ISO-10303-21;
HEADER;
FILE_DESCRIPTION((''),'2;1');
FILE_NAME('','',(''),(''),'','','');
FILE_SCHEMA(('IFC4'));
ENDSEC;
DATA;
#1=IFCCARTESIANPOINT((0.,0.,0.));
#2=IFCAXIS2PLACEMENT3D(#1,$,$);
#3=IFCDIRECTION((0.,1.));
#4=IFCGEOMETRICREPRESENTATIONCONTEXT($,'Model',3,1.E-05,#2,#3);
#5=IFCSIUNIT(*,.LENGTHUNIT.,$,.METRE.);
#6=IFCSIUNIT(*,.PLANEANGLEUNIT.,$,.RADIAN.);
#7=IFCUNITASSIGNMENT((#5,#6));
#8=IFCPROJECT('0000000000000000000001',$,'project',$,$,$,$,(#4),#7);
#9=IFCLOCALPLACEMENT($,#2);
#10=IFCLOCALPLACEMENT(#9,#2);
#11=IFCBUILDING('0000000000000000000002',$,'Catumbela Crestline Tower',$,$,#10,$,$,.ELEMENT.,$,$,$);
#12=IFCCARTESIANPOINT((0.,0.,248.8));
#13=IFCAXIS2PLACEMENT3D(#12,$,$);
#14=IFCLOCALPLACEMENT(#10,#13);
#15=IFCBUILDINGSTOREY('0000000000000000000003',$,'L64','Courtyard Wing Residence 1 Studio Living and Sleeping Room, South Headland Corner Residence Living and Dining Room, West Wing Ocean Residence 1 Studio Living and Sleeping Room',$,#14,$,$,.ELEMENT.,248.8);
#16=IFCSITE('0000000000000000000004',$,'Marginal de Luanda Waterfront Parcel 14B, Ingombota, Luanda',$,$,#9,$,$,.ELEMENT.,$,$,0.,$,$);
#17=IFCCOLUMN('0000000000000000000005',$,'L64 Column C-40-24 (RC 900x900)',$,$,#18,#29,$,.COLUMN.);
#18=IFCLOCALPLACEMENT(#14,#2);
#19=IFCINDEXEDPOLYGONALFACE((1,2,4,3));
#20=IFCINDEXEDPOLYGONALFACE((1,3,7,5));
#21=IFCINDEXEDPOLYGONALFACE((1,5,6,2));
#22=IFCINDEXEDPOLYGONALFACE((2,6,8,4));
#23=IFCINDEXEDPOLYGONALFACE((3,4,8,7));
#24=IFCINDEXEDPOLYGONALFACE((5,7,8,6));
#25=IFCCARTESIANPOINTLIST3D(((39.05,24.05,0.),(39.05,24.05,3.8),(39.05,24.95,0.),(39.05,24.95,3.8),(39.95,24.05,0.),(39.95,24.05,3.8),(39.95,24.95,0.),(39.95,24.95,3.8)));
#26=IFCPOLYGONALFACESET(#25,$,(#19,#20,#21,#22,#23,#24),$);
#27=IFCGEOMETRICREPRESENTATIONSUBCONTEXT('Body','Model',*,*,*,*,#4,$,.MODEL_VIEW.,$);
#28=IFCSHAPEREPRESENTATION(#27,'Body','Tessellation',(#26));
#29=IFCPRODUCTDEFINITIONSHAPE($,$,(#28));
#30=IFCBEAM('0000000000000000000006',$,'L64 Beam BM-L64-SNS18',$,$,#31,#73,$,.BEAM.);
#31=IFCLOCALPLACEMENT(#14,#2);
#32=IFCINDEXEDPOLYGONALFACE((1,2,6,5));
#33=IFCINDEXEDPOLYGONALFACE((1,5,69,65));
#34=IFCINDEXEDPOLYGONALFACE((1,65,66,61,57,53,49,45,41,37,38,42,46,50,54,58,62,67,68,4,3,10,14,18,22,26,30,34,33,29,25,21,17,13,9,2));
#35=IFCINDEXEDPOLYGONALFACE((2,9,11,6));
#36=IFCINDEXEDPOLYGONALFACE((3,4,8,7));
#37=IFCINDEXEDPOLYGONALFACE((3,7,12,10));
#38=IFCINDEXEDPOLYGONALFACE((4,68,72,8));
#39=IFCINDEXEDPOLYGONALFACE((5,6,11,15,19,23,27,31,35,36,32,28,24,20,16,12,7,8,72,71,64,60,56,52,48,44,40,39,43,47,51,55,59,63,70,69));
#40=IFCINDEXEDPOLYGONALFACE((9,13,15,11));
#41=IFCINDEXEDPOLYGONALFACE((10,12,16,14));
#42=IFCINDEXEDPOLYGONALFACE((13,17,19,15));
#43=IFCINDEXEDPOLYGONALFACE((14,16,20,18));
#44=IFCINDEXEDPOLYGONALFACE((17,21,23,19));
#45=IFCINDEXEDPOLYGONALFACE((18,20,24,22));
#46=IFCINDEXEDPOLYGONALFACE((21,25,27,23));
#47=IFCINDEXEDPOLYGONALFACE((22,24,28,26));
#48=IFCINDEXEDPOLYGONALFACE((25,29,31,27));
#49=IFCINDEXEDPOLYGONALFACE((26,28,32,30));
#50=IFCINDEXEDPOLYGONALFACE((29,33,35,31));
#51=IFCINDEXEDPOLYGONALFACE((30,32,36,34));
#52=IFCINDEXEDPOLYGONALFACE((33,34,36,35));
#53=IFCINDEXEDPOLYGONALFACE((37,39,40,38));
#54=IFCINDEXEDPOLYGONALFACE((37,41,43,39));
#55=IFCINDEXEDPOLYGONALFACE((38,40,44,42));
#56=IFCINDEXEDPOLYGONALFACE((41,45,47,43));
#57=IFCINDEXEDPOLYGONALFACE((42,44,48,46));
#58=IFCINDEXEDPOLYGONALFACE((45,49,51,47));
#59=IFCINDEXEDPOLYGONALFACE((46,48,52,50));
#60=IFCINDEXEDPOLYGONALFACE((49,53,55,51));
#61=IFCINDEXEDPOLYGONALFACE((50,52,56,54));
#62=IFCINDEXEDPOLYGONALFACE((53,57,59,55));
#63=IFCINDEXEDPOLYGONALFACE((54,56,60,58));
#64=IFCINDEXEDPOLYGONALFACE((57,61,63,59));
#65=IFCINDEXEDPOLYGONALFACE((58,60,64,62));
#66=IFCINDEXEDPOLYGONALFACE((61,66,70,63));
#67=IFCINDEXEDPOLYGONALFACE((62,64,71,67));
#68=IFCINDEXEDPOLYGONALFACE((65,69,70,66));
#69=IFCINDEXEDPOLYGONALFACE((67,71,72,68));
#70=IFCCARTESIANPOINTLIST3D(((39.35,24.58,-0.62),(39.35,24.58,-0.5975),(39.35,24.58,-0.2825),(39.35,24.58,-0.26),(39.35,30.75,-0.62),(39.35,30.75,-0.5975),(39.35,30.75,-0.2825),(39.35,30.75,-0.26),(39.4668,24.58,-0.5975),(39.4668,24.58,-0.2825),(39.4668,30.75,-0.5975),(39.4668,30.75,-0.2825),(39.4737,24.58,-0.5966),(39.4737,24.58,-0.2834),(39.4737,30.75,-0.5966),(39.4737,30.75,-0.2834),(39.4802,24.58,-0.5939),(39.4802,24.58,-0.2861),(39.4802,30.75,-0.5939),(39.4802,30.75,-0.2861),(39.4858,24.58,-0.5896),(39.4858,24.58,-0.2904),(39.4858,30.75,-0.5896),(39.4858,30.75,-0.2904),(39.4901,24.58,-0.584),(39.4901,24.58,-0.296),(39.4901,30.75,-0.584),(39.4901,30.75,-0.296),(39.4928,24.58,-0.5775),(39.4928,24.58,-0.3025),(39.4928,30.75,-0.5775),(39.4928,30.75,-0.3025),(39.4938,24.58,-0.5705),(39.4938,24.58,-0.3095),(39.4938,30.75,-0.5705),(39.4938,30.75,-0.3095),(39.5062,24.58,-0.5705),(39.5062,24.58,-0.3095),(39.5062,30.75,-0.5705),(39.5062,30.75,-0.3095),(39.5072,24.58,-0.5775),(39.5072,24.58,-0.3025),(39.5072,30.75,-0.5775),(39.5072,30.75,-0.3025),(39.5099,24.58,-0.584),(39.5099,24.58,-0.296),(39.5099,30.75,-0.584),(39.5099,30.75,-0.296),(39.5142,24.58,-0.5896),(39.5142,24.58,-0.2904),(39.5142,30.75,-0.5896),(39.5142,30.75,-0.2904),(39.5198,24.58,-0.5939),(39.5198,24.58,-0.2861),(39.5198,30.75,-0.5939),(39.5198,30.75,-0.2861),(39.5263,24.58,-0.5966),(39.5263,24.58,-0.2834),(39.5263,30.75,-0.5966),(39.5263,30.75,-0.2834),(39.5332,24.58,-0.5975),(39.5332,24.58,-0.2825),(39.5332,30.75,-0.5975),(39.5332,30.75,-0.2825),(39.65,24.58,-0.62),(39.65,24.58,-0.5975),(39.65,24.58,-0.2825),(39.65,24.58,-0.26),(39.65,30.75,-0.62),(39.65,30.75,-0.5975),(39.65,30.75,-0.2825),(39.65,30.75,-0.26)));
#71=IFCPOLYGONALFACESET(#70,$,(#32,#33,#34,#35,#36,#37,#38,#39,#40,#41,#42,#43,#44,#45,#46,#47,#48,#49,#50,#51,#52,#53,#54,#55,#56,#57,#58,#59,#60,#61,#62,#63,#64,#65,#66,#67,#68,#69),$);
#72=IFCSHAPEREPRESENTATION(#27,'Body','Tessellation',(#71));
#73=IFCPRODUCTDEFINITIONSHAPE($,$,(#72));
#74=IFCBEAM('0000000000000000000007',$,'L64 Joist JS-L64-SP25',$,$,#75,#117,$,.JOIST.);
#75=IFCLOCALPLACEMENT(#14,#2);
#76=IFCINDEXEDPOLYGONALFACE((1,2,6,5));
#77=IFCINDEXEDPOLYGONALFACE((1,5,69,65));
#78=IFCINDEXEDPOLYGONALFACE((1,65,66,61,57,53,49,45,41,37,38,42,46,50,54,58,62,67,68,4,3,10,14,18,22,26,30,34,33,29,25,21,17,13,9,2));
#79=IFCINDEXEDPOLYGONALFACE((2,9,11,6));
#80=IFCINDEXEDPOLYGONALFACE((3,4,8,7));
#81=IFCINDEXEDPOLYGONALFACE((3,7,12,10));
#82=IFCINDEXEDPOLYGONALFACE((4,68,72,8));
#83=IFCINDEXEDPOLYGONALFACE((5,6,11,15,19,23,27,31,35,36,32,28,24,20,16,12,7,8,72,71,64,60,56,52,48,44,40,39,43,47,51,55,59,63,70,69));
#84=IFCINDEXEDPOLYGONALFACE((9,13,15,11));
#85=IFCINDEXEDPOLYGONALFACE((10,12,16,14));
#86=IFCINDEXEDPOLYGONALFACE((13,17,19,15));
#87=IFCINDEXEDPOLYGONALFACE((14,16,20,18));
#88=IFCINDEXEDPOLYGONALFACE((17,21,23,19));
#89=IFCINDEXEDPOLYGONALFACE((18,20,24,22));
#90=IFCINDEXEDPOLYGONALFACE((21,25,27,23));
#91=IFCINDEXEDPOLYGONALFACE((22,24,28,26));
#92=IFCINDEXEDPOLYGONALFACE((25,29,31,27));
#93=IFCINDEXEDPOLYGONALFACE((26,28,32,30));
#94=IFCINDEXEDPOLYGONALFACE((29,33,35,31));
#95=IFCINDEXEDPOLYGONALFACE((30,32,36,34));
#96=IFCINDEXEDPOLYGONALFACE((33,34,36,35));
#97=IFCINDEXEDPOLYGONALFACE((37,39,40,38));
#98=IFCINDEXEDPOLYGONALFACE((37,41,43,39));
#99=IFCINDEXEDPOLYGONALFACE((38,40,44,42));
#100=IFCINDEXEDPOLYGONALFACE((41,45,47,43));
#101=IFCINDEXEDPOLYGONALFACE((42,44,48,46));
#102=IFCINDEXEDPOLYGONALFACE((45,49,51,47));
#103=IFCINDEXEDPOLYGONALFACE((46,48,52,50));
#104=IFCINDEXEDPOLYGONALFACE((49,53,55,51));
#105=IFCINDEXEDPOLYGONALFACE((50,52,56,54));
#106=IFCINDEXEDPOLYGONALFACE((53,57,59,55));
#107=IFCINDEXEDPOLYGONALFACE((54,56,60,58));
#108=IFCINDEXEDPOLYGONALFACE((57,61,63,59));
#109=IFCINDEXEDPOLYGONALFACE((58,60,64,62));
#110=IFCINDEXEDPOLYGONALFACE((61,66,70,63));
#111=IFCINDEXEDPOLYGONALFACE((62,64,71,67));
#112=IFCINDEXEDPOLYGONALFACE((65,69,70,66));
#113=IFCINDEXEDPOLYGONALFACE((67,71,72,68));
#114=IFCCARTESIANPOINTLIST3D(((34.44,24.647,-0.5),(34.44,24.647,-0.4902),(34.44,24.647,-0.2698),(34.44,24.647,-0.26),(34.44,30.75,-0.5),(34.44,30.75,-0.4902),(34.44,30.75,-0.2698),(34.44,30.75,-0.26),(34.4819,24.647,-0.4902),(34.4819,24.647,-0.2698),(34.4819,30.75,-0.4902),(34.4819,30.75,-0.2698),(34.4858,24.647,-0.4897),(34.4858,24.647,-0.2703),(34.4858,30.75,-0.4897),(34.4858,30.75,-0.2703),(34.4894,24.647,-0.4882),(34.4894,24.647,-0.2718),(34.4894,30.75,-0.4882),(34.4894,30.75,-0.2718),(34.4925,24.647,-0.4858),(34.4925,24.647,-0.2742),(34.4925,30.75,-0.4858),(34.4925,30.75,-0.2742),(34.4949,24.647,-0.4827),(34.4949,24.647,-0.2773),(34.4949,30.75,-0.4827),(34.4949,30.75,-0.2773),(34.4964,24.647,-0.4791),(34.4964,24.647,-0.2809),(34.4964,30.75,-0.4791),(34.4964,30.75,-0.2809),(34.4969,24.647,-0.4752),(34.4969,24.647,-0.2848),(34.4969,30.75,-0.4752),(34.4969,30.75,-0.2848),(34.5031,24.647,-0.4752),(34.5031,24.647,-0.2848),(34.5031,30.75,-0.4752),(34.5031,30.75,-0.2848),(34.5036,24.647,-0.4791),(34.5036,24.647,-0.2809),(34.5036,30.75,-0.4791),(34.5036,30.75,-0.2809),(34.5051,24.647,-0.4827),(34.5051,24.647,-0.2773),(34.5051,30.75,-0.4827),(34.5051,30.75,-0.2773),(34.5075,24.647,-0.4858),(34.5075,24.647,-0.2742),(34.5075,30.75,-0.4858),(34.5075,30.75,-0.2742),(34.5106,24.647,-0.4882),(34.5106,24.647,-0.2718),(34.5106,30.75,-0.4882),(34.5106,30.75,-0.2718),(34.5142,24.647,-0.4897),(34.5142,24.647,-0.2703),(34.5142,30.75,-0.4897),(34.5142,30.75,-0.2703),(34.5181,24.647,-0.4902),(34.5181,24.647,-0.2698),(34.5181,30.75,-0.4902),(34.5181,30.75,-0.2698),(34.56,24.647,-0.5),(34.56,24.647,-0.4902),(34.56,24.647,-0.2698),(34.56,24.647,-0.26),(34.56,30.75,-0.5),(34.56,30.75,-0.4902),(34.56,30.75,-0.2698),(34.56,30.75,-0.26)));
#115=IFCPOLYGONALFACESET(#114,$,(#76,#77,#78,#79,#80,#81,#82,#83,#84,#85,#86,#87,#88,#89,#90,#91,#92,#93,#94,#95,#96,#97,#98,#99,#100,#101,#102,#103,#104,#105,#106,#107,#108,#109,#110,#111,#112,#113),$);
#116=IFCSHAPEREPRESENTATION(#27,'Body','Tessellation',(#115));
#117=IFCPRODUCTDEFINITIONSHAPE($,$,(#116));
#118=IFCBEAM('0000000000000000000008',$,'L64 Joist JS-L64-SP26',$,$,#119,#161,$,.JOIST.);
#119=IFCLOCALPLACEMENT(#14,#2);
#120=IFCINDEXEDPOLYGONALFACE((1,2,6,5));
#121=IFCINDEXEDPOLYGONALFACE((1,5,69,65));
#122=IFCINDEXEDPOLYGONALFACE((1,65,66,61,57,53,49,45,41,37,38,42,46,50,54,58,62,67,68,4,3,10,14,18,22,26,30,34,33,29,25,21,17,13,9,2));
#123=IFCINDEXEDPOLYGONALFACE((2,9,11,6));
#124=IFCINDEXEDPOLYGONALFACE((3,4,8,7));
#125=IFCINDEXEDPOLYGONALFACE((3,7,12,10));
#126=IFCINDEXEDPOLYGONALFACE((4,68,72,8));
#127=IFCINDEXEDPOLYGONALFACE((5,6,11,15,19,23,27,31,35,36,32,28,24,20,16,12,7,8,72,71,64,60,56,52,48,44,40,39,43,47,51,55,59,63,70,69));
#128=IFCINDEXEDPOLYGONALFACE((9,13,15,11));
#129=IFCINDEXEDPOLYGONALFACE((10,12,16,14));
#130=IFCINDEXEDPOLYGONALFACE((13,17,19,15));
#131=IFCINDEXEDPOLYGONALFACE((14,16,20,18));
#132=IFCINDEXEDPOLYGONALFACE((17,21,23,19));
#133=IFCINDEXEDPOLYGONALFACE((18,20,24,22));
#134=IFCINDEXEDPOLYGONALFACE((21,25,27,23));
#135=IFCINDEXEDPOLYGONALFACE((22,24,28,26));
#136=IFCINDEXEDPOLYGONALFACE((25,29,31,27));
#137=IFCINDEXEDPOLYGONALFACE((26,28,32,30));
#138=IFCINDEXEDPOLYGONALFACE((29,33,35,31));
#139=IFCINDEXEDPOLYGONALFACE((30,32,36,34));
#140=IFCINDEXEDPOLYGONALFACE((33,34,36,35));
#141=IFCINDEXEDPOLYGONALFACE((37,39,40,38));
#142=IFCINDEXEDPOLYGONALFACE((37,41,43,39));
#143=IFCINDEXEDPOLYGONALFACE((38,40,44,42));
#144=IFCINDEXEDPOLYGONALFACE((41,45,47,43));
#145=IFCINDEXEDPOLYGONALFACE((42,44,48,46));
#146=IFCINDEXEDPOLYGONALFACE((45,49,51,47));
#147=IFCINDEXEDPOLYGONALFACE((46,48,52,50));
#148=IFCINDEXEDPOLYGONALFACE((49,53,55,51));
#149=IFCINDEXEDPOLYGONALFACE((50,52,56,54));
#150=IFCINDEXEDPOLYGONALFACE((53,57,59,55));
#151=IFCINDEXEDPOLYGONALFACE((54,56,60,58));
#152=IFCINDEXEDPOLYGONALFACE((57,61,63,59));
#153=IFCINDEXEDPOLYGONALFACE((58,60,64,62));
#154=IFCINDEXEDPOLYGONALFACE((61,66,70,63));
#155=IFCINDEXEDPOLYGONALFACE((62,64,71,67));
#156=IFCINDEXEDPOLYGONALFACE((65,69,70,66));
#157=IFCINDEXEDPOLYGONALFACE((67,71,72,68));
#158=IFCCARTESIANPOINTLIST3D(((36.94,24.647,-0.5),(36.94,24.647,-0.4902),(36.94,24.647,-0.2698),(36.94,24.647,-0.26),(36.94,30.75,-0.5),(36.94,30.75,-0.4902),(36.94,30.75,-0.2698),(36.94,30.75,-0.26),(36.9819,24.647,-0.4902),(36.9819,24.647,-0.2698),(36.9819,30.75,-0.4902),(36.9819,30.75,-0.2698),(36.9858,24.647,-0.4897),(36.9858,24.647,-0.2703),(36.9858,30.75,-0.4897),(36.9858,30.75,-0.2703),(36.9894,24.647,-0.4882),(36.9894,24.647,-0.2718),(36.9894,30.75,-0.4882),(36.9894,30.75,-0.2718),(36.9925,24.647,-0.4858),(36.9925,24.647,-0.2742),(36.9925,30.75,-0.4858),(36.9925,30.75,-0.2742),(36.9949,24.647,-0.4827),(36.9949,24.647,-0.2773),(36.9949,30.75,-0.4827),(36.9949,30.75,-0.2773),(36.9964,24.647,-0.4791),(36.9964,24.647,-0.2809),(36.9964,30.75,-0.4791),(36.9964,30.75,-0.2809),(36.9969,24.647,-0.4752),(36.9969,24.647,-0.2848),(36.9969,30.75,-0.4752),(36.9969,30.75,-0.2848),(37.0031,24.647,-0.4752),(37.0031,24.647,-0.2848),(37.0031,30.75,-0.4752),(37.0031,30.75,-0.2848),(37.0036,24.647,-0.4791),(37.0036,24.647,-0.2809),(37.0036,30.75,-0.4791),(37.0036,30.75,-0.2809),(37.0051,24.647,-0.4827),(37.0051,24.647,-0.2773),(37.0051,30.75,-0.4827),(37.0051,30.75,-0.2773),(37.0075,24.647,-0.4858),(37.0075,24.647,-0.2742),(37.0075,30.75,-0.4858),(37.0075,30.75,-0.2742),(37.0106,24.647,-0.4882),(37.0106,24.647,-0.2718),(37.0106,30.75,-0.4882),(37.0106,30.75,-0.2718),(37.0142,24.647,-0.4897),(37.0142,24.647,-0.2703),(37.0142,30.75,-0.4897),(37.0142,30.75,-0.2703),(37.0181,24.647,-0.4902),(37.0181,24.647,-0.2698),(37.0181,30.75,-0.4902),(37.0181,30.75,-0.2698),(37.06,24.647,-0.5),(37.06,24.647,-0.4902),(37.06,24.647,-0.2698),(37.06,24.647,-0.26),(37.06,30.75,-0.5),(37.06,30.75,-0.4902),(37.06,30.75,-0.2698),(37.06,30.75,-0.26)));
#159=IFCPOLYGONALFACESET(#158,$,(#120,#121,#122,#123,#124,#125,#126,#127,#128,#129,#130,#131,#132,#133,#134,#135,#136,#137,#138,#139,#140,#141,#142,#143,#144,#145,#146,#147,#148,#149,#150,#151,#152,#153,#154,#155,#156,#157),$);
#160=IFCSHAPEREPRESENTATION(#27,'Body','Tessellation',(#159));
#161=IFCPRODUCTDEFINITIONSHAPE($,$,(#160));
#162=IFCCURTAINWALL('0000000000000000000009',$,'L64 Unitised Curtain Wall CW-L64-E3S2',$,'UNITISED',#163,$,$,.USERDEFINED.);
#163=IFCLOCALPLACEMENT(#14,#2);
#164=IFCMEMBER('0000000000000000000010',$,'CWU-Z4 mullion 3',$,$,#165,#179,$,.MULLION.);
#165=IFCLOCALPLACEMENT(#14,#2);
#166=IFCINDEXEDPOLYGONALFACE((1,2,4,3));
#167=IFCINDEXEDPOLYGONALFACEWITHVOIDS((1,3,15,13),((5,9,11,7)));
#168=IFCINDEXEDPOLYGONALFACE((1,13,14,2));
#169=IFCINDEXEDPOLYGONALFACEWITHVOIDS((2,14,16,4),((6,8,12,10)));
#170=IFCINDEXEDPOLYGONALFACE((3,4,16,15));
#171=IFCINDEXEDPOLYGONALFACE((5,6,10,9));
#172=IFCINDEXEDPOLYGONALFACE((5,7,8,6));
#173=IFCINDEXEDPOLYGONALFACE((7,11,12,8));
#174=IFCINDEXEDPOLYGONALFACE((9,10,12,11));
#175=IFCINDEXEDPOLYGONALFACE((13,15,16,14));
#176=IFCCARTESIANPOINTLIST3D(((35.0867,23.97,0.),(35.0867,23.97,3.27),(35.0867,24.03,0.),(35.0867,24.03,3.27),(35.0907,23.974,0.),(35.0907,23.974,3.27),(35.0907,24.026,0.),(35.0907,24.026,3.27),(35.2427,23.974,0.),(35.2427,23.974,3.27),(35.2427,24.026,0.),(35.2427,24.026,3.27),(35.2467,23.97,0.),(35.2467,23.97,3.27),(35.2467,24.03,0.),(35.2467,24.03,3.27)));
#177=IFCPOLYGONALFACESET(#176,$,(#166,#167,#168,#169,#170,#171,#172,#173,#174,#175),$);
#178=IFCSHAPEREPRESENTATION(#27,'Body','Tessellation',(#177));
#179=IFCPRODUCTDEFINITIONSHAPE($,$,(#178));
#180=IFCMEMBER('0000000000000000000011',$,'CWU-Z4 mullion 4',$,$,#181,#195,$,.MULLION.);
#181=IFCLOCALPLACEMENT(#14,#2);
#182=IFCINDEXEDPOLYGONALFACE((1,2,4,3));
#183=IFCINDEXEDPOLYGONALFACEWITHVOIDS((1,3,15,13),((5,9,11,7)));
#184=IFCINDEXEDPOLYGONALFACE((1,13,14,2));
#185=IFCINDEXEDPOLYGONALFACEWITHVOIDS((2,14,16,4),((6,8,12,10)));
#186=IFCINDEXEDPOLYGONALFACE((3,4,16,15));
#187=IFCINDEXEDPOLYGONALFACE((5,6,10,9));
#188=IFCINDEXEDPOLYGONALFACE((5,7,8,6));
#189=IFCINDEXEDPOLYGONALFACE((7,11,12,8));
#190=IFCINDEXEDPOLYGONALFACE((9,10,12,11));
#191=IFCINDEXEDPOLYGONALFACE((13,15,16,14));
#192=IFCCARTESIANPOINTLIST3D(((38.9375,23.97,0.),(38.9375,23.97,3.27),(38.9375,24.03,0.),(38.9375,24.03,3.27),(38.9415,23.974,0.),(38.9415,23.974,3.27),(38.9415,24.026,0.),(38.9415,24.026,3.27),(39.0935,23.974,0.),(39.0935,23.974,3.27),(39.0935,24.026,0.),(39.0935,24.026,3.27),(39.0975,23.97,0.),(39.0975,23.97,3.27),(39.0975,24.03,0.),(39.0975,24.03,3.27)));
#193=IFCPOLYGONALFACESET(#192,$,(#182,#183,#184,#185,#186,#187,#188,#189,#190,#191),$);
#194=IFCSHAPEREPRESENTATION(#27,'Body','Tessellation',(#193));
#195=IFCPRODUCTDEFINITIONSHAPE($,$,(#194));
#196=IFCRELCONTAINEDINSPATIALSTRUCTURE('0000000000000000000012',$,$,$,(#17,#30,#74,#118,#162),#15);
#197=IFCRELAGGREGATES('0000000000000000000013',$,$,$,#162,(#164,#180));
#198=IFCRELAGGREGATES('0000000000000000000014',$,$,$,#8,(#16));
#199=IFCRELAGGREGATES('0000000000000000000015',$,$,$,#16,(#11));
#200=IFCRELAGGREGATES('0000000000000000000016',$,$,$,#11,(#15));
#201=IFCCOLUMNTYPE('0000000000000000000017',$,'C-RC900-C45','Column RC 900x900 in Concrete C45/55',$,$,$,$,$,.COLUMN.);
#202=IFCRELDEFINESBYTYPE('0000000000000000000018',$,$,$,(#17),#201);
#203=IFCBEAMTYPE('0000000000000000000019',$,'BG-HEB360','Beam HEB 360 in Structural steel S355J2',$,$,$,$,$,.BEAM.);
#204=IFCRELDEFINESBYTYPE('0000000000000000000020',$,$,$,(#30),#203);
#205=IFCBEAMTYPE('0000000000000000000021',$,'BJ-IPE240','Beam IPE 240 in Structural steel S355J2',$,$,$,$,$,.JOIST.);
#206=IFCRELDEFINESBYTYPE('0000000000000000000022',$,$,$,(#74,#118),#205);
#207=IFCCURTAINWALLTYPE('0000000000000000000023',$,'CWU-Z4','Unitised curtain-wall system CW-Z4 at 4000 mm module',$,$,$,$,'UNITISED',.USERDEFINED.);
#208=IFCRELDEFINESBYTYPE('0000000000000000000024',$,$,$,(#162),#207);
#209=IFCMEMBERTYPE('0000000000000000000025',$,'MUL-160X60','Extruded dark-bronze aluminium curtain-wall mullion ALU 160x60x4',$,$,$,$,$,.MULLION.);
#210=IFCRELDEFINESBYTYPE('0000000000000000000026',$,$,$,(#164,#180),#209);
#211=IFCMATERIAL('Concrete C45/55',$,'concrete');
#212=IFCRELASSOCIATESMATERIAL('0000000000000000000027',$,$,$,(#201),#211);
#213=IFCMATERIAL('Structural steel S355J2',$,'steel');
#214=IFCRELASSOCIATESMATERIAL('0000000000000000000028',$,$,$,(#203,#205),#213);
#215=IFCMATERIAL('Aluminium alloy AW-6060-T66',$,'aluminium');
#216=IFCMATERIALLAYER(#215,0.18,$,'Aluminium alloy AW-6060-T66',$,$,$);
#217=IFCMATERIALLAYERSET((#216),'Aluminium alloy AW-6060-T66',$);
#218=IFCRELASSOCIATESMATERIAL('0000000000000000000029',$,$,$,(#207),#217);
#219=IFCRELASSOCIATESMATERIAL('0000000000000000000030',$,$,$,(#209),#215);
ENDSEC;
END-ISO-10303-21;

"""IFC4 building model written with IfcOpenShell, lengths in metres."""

from ifc_helpers import new_model, si_unit, direction, frame, origin, origin_2d, place, context, subcontext, project, spatial, rectangle, hollow_rectangle, i_section, extrude, material, layer, layer_set, material_profile, profile_set, type_object, element, aggregate, save


model = new_model("IFC4")

# Units and contexts
model_context = context("Model", 3, precision=1e-05, world=origin(), true_north=direction((0.0, 1.0)))
body_context = subcontext(model_context, "Body", "Model", "MODEL_VIEW")
ifc_project = project(units=[si_unit("LENGTHUNIT", "METRE"), si_unit("PLANEANGLEUNIT", "RADIAN")], contexts=[model_context])

# Site, building, storey
site_placement = place(None, origin())
site = spatial("IfcSite", under=ifc_project, at=site_placement, Name="Marginal de Luanda Waterfront Parcel 14B, Ingombota, Luanda", CompositionType="ELEMENT", RefElevation=0.0)
building_placement = place(site_placement, origin())
building = spatial("IfcBuilding", under=site, at=building_placement, Name="Catumbela Crestline Tower", CompositionType="ELEMENT")
storey_placement = place(building_placement, frame((0.0, 0.0, 248.8)))
storey = spatial("IfcBuildingStorey", under=building, at=storey_placement, Name="L64", Description="Courtyard Wing Residence 1 Studio Living and Sleeping Room, South Headland Corner Residence Living and Dining Room, West Wing Ocean Residence 1 Studio Living and Sleeping Room", CompositionType="ELEMENT", Elevation=248.8)

# Column
ifc_material_1 = material(Name="Concrete C45/55", Category="concrete")
ifc_material_profile_1 = material_profile(ifc_material_1, rectangle(XDim=0.9, YDim=0.9, at=origin_2d()), Name="RC 900x900")
ifc_profile_set_1 = profile_set([ifc_material_profile_1], Name="Concrete C45/55")
column_type = type_object("IfcColumnType", Name="C-RC900-C45", Description="Column RC 900x900 in Concrete C45/55", PredefinedType="COLUMN", material=ifc_profile_set_1)
column_placement = place(storey_placement, frame((39.5, 24.5, 0.0), z_axis=(0.0, 0.0, 1.0), x_axis=(1.0, 0.0, 0.0)))
element("IfcColumn", 1, at=column_placement, inside=storey, type_object=column_type, Name="L64 Column C-40-24 (RC 900x900)", PredefinedType="COLUMN", context=body_context, shape_type="SweptSolid", body=[
    extrude(rectangle(XDim=0.9, YDim=0.9, at=origin_2d()), origin(), (0.0, 0.0, 1.0), 3.8),
])

# Beams
ifc_material_2 = material(Name="Structural steel S355J2", Category="steel")
ifc_material_profile_2 = material_profile(ifc_material_2, i_section(OverallWidth=0.3, OverallDepth=0.36, WebThickness=0.0125, FlangeThickness=0.0225, FilletRadius=0.027, at=origin_2d()), Name="HEB 360")
ifc_profile_set_2 = profile_set([ifc_material_profile_2], Name="Structural steel S355J2")
beam_type_1 = type_object("IfcBeamType", Name="BG-HEB360", Description="Beam HEB 360 in Structural steel S355J2", PredefinedType="BEAM", material=ifc_profile_set_2)
beam_placement = place(storey_placement, frame((39.5, 24.58, -0.44), z_axis=(0.0, 1.0, 0.0), x_axis=(-1.0, 0.0, 0.0)))
element("IfcBeam", 2, at=beam_placement, inside=storey, type_object=beam_type_1, Name="L64 Beam BM-L64-SNS18", PredefinedType="BEAM", context=body_context, shape_type="SweptSolid", body=[
    extrude(i_section(OverallWidth=0.3, OverallDepth=0.36, WebThickness=0.0125, FlangeThickness=0.0225, FilletRadius=0.027, at=origin_2d()), origin(), (0.0, 0.0, 1.0), 6.17),
])
ifc_material_profile_3 = material_profile(ifc_material_2, i_section(OverallWidth=0.12, OverallDepth=0.24, WebThickness=0.0062, FlangeThickness=0.0098, FilletRadius=0.015, at=origin_2d()), Name="IPE 240")
ifc_profile_set_3 = profile_set([ifc_material_profile_3], Name="Structural steel S355J2")
beam_type_2 = type_object("IfcBeamType", Name="BJ-IPE240", Description="Beam IPE 240 in Structural steel S355J2", PredefinedType="JOIST", material=ifc_profile_set_3)
for number, where, z_axis, x_axis, name in (
    (3, (34.5, 24.647, -0.38), (0.0, 1.0, 0.0), (-1.0, 0.0, 0.0), "L64 Joist JS-L64-SP25"),
    (4, (37.0, 24.647, -0.38), (0.0, 1.0, 0.0), (-1.0, 0.0, 0.0), "L64 Joist JS-L64-SP26"),
):
    element("IfcBeam", number, at=place(storey_placement, frame(where, z_axis=z_axis, x_axis=x_axis)), inside=storey, type_object=beam_type_2, Name=name, PredefinedType="JOIST", context=body_context, shape_type="SweptSolid", body=[
        extrude(i_section(OverallWidth=0.12, OverallDepth=0.24, WebThickness=0.0062, FlangeThickness=0.0098, FilletRadius=0.015, at=origin_2d()), origin(), (0.0, 0.0, 1.0), 6.103),
    ])

# Curtain wall, members
ifc_material_3 = material(Name="Aluminium alloy AW-6060-T66", Category="aluminium")
ifc_layer_1 = layer(ifc_material_3, 0.18, Name="Aluminium alloy AW-6060-T66")
ifc_layer_set_1 = layer_set([ifc_layer_1], Name="Aluminium alloy AW-6060-T66")
curtain_wall_type = type_object("IfcCurtainWallType", Name="CWU-Z4", Description="Unitised curtain-wall system CW-Z4 at 4000 mm module", ElementType="UNITISED", PredefinedType="USERDEFINED", material=ifc_layer_set_1)
curtain_wall_placement = place(storey_placement, origin())
curtain_wall = element("IfcCurtainWall", 5, at=curtain_wall_placement, inside=storey, type_object=curtain_wall_type, Name="L64 Unitised Curtain Wall CW-L64-E3S2", ObjectType="UNITISED", PredefinedType="USERDEFINED")
ifc_material_profile_4 = material_profile(ifc_material_3, hollow_rectangle(XDim=0.06, YDim=0.16, WallThickness=0.004, at=origin_2d()), Name="ALU 160x60x4")
ifc_profile_set_4 = profile_set([ifc_material_profile_4], Name="Aluminium alloy AW-6060-T66")
member_type_1 = type_object("IfcMemberType", Name="MUL-160X60", Description="Extruded dark-bronze aluminium curtain-wall mullion ALU 160x60x4", PredefinedType="MULLION", material=ifc_profile_set_4)
member_1_placement = place(storey_placement, frame((35.1667, 24.0, 0.0), z_axis=(0.0, 0.0, 1.0), x_axis=(0.0, 1.0, 0.0)))
member_1 = element("IfcMember", 6, at=member_1_placement, type_object=member_type_1, Name="CWU-Z4 mullion 3", PredefinedType="MULLION", context=body_context, shape_type="SweptSolid", body=[
    extrude(hollow_rectangle(XDim=0.06, YDim=0.16, WallThickness=0.004, at=origin_2d()), origin(), (0.0, 0.0, 1.0), 3.27),
])
member_2_placement = place(storey_placement, frame((39.0175, 24.0, 0.0), z_axis=(0.0, 0.0, 1.0), x_axis=(0.0, 1.0, 0.0)))
member_2 = element("IfcMember", 7, at=member_2_placement, type_object=member_type_1, Name="CWU-Z4 mullion 4", PredefinedType="MULLION", context=body_context, shape_type="SweptSolid", body=[
    extrude(hollow_rectangle(XDim=0.06, YDim=0.16, WallThickness=0.004, at=origin_2d()), origin(), (0.0, 0.0, 1.0), 3.27),
])
aggregate(curtain_wall, [member_1, member_2])

save(model, "model.ifc")
